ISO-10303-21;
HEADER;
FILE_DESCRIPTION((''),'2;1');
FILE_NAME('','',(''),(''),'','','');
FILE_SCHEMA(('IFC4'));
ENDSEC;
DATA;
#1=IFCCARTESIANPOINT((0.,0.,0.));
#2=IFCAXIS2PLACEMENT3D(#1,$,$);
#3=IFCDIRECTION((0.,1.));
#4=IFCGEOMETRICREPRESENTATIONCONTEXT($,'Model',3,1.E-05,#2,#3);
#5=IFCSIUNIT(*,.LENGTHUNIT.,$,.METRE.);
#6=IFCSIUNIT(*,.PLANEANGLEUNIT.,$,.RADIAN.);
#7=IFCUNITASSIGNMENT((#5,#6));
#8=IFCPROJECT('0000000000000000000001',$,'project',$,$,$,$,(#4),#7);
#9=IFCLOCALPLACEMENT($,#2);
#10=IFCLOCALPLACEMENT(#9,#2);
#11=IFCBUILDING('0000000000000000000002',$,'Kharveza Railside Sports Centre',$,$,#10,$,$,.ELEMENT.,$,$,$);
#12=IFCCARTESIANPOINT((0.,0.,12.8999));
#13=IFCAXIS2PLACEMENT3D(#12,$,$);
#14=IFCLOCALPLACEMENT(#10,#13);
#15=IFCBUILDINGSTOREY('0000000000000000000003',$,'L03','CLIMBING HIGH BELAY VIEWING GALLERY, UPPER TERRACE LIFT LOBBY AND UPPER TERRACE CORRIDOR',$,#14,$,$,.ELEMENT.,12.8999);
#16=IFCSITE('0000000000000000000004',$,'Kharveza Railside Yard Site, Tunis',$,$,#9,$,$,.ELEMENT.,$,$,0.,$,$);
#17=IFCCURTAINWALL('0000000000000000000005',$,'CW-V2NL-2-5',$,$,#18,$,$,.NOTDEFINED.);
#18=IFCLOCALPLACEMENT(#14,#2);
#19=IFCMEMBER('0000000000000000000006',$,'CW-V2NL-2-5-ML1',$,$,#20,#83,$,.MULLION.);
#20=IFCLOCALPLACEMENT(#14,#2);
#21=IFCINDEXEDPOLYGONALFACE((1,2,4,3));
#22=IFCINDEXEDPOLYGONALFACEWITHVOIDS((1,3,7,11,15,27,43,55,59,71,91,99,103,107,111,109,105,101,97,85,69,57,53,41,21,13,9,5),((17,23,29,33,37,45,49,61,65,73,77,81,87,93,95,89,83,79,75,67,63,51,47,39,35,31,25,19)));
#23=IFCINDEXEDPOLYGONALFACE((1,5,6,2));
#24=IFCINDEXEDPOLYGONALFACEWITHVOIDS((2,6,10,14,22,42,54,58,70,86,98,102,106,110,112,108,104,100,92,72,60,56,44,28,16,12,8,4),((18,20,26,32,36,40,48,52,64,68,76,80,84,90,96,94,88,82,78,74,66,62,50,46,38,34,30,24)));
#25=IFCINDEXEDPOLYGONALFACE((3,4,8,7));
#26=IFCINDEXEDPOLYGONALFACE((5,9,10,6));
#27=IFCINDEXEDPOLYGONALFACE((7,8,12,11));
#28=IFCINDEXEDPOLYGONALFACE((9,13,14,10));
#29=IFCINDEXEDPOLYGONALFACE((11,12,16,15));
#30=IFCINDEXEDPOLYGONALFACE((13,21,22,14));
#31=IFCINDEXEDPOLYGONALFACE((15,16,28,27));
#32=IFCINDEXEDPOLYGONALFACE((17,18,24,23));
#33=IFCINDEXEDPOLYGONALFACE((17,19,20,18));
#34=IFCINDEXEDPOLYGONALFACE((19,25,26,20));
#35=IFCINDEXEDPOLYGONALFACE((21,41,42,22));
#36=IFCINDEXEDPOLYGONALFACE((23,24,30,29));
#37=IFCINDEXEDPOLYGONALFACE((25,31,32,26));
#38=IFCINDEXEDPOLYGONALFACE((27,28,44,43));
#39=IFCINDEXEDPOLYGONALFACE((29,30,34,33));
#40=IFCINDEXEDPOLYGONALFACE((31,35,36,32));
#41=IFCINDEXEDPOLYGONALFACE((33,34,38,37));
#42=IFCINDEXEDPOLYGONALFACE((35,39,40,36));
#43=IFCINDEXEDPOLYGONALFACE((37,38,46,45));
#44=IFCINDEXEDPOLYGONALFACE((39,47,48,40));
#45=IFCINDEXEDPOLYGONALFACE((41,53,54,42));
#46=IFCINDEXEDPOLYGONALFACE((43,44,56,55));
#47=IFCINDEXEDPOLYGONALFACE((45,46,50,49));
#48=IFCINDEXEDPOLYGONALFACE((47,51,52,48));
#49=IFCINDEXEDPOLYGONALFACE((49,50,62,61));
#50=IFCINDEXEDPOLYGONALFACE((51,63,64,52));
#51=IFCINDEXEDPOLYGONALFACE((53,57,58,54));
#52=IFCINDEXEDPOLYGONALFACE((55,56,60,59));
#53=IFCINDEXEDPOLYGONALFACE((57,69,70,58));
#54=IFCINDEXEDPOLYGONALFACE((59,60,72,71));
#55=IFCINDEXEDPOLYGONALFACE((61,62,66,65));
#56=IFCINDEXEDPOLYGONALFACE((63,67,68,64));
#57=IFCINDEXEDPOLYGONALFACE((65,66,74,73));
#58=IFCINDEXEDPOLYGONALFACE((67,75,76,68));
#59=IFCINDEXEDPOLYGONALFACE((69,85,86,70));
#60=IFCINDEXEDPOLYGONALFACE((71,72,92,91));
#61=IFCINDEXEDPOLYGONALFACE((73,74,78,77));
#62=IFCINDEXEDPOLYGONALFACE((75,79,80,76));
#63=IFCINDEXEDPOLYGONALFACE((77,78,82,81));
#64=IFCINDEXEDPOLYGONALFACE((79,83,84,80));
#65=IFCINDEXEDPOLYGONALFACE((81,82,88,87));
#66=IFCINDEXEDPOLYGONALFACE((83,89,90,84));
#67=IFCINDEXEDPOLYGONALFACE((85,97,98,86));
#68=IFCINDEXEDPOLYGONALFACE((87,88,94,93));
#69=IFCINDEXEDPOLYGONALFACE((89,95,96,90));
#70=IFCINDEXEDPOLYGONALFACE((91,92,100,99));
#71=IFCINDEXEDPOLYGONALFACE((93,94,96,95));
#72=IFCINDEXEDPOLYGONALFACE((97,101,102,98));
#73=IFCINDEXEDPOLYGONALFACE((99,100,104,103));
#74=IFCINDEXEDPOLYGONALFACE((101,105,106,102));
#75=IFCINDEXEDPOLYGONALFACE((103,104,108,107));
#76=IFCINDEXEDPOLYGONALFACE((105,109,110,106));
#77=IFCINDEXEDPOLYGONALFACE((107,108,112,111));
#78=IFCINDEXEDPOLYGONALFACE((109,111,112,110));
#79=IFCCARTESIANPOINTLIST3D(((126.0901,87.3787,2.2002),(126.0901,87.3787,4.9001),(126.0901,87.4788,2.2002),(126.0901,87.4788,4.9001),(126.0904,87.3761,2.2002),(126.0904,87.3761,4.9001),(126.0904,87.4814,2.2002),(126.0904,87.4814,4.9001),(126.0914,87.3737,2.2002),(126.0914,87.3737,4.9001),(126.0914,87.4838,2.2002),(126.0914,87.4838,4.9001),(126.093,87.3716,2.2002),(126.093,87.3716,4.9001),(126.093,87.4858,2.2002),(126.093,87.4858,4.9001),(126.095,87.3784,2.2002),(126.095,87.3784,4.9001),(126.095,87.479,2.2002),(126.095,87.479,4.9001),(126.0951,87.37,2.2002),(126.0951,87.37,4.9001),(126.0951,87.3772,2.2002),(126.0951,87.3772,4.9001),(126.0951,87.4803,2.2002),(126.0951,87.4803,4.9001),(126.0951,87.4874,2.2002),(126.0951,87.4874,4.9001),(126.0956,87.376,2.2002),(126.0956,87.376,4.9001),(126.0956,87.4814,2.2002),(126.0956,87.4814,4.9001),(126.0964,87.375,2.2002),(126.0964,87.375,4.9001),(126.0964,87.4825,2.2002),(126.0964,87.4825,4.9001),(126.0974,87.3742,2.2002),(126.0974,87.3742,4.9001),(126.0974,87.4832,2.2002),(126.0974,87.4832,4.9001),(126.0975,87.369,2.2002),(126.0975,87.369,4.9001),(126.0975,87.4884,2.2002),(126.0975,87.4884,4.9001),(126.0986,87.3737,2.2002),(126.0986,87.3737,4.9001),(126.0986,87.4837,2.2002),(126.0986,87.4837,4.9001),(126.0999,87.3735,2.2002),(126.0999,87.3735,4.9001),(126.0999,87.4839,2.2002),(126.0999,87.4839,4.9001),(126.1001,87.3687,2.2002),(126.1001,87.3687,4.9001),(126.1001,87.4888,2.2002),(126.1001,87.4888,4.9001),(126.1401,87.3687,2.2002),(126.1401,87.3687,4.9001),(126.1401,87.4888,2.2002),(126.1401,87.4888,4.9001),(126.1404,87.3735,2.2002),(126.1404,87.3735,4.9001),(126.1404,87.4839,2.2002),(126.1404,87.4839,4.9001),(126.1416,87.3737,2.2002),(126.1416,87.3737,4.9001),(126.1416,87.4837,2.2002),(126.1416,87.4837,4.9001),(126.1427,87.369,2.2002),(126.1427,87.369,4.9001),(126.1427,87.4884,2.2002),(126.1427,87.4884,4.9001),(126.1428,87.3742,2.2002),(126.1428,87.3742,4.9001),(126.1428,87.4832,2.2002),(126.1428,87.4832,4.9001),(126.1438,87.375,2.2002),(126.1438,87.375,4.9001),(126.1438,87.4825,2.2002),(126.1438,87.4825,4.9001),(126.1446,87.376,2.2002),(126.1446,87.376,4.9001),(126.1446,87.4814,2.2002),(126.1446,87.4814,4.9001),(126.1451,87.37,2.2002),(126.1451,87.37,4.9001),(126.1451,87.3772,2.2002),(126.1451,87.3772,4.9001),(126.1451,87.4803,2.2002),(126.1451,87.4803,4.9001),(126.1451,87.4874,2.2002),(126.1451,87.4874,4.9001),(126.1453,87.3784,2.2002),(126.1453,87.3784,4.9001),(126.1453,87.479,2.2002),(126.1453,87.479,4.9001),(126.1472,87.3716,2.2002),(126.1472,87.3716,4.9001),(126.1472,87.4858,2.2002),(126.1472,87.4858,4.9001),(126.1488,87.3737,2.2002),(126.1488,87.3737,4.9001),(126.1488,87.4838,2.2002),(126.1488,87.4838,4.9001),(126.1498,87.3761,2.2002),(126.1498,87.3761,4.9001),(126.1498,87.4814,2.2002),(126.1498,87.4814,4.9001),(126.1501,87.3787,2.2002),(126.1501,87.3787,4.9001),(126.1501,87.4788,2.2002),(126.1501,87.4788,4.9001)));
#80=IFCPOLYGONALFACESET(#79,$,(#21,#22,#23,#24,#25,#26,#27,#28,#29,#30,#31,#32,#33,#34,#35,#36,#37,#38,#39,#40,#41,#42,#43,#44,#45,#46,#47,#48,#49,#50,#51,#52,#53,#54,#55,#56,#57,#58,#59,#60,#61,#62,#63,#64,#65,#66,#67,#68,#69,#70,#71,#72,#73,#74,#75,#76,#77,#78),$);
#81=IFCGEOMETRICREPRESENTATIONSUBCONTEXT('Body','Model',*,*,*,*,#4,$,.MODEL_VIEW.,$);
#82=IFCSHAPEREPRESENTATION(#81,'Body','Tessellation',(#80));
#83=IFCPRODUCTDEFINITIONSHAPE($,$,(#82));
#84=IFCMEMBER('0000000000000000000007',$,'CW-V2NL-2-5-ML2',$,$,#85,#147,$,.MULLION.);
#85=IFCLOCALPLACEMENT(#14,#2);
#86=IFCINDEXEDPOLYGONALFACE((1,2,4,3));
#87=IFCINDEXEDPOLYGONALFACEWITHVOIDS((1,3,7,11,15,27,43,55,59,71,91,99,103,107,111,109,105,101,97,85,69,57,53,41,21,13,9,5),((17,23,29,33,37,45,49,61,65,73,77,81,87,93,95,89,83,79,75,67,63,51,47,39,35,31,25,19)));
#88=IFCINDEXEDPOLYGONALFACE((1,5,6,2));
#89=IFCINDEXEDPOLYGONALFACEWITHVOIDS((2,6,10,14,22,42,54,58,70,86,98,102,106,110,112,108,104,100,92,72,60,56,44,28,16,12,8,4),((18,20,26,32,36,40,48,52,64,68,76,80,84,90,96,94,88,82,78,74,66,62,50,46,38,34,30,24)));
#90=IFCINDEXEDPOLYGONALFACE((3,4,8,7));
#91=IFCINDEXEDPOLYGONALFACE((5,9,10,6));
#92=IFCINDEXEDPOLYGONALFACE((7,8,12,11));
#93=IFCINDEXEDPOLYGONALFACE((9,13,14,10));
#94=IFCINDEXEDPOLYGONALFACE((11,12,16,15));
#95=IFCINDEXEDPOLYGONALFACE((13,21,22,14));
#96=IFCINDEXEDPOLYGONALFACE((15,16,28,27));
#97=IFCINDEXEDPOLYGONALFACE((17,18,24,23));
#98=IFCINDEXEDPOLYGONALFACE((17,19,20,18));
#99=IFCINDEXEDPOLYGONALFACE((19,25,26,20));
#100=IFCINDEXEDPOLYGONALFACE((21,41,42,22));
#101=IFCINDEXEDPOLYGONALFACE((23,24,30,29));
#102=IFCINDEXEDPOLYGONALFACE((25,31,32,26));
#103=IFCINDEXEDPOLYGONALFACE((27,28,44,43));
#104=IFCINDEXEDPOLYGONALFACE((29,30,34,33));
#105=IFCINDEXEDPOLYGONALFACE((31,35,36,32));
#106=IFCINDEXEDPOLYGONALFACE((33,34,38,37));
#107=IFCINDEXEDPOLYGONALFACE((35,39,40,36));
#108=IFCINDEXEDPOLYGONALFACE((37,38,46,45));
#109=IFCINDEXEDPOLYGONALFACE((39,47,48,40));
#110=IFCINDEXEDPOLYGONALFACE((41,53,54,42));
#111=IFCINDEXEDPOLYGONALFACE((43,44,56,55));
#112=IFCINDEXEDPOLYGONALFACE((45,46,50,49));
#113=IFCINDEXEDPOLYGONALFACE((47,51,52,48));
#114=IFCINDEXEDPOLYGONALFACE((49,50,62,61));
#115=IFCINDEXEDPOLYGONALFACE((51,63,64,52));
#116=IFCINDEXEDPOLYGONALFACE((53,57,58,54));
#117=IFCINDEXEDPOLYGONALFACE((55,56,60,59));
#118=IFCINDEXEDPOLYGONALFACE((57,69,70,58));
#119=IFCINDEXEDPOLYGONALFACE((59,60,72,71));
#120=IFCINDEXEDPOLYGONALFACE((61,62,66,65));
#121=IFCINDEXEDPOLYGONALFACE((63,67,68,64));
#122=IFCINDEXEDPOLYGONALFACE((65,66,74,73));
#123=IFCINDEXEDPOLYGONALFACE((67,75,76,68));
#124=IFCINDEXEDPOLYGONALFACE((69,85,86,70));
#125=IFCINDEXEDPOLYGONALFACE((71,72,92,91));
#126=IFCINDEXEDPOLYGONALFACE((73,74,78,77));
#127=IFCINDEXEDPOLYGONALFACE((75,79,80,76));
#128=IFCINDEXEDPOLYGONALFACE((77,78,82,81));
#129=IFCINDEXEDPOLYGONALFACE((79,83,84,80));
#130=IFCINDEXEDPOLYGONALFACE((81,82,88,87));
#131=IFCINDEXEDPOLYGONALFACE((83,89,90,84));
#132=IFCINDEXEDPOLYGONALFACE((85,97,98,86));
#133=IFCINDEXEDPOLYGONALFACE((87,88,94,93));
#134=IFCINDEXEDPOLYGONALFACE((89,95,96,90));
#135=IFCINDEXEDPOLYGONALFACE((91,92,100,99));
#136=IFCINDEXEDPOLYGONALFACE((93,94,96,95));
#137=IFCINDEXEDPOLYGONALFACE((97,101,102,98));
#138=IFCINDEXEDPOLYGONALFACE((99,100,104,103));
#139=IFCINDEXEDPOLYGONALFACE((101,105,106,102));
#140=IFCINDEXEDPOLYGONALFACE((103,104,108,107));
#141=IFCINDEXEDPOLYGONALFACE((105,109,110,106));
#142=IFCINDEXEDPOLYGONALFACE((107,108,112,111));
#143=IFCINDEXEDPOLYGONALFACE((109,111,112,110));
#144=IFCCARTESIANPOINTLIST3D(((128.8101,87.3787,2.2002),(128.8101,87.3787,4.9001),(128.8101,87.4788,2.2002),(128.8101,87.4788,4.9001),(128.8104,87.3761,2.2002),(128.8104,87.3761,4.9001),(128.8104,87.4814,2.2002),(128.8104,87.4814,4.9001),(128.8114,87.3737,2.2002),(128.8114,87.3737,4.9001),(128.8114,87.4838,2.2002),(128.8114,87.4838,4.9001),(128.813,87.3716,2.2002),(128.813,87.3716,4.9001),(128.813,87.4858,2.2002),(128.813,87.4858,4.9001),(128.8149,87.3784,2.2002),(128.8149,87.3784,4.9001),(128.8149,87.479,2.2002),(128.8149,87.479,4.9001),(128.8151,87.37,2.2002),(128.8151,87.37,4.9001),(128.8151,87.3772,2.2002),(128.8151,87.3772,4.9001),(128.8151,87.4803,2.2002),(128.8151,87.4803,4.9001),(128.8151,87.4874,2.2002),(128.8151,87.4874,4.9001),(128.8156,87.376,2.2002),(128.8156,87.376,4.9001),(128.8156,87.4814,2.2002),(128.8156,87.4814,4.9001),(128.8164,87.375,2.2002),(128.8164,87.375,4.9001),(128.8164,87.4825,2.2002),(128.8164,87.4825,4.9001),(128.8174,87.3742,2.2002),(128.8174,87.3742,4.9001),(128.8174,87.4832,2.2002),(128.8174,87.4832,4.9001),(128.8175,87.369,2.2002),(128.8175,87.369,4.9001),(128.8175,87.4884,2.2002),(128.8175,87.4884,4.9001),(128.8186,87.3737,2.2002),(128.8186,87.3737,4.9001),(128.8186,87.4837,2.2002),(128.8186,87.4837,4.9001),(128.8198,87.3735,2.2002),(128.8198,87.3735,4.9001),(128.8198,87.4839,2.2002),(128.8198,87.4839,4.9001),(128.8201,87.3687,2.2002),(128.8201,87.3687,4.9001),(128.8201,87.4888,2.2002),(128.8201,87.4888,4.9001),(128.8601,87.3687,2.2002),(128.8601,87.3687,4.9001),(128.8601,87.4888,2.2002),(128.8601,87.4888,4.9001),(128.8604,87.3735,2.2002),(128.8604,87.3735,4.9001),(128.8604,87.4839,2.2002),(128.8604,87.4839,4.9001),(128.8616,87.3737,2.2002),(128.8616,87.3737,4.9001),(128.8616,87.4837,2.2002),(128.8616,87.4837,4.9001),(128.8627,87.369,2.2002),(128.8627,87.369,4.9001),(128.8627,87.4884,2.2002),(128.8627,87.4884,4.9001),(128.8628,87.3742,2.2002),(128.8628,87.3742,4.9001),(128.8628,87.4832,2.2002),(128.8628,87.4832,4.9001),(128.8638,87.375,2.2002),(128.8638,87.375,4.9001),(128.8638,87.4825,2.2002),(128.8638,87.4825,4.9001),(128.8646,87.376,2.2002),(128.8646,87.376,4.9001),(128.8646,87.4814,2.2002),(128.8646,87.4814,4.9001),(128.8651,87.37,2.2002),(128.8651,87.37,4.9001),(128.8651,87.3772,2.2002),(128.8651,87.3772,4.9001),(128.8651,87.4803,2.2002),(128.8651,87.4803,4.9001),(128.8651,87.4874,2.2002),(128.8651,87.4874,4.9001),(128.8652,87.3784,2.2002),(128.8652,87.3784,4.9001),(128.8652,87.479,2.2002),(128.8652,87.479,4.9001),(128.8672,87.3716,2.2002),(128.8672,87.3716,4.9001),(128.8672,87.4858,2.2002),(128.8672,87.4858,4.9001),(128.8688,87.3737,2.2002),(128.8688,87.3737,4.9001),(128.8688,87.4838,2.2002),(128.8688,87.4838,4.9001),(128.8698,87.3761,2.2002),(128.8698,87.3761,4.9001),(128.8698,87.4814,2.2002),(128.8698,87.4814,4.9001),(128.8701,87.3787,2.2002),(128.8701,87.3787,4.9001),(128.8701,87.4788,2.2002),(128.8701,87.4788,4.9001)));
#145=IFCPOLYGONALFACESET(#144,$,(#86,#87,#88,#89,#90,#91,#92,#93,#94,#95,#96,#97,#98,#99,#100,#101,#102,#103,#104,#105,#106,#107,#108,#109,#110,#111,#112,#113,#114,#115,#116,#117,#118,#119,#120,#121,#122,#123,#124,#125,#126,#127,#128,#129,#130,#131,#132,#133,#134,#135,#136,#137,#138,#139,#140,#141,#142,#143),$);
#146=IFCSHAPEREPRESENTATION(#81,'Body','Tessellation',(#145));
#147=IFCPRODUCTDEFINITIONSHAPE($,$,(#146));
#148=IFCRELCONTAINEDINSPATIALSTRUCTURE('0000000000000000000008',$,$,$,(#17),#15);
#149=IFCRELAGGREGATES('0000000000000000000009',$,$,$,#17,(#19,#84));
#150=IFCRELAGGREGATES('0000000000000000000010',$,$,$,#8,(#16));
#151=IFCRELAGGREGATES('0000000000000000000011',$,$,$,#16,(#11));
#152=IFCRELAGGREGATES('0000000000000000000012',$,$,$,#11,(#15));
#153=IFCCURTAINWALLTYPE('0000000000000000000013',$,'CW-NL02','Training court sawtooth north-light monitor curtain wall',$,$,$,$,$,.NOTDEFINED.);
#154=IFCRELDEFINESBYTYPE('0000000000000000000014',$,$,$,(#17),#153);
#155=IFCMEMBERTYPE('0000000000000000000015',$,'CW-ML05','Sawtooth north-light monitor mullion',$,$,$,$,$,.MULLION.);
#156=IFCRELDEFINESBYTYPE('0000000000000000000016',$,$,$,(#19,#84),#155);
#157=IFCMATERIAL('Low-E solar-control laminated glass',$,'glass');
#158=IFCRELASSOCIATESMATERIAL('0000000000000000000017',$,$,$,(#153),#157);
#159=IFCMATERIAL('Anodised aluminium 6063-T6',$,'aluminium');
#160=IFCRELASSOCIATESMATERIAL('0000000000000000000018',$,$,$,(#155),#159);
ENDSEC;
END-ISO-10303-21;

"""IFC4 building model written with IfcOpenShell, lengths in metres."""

from ifc_helpers import new_model, si_unit, direction, frame, origin, origin_2d, place, context, subcontext, project, spatial, hollow_rectangle, extrude, material, material_profile, profile_set, type_object, element, aggregate, save


model = new_model("IFC4")

# Units and contexts
model_context = context("Model", 3, precision=1e-05, world=origin(), true_north=direction((0.0, 1.0)))
body_context = subcontext(model_context, "Body", "Model", "MODEL_VIEW")
ifc_project = project(units=[si_unit("LENGTHUNIT", "METRE"), si_unit("PLANEANGLEUNIT", "RADIAN")], contexts=[model_context])

# Site, building, storey
site_placement = place(None, origin())
site = spatial("IfcSite", under=ifc_project, at=site_placement, Name="Kharveza Railside Yard Site, Tunis", CompositionType="ELEMENT", RefElevation=0.0)
building_placement = place(site_placement, origin())
building = spatial("IfcBuilding", under=site, at=building_placement, Name="Kharveza Railside Sports Centre", CompositionType="ELEMENT")
storey_placement = place(building_placement, frame((0.0, 0.0, 12.8999)))
storey = spatial("IfcBuildingStorey", under=building, at=storey_placement, Name="L03", Description="CLIMBING HIGH BELAY VIEWING GALLERY, UPPER TERRACE LIFT LOBBY AND UPPER TERRACE CORRIDOR", CompositionType="ELEMENT", Elevation=12.8999)

# Curtain wall, members
ifc_material_1 = material(Name="Low-E solar-control laminated glass", Category="glass")
curtain_wall_type = type_object("IfcCurtainWallType", Name="CW-NL02", Description="Training court sawtooth north-light monitor curtain wall", PredefinedType="NOTDEFINED", material=ifc_material_1)
curtain_wall_1_placement = place(storey_placement, origin())
curtain_wall_1 = element("IfcCurtainWall", 1, at=curtain_wall_1_placement, inside=storey, type_object=curtain_wall_type, Name="CW-V2NL-2-5", PredefinedType="NOTDEFINED")
ifc_material_2 = material(Name="Anodised aluminium 6063-T6", Category="aluminium")
ifc_material_profile_1 = material_profile(ifc_material_2, hollow_rectangle(XDim=0.0601, YDim=0.1201, WallThickness=0.0049, InnerFilletRadius=0.0049, OuterFilletRadius=0.01, at=origin_2d()), Name="RHS 60x120x5.0")
ifc_profile_set_1 = profile_set([ifc_material_profile_1], Name="Anodised aluminium 6063-T6")
member_type_1 = type_object("IfcMemberType", Name="CW-ML05", Description="Sawtooth north-light monitor mullion", PredefinedType="MULLION", material=ifc_profile_set_1)
member_1_placement = place(storey_placement, frame((126.1201, 87.4287, 2.2002), z_axis=(0.0, 0.0, 1.0), x_axis=(1.0, 0.0, 0.0)))
member_1 = element("IfcMember", 2, at=member_1_placement, type_object=member_type_1, Name="CW-V2NL-2-5-ML1", PredefinedType="MULLION", context=body_context, shape_type="SweptSolid", body=[
    extrude(hollow_rectangle(XDim=0.0601, YDim=0.1201, WallThickness=0.0049, InnerFilletRadius=0.0049, OuterFilletRadius=0.01, at=origin_2d()), origin(), (0.0, 0.0, 1.0), 2.7),
])
member_2_placement = place(storey_placement, frame((128.8401, 87.4287, 2.2002), z_axis=(0.0, 0.0, 1.0), x_axis=(1.0, 0.0, 0.0)))
member_2 = element("IfcMember", 3, at=member_2_placement, type_object=member_type_1, Name="CW-V2NL-2-5-ML2", PredefinedType="MULLION", context=body_context, shape_type="SweptSolid", body=[
    extrude(hollow_rectangle(XDim=0.0601, YDim=0.1201, WallThickness=0.0049, InnerFilletRadius=0.0049, OuterFilletRadius=0.01, at=origin_2d()), origin(), (0.0, 0.0, 1.0), 2.7),
])

aggregate(curtain_wall_1, [member_1, member_2])

save(model, "model.ifc")
